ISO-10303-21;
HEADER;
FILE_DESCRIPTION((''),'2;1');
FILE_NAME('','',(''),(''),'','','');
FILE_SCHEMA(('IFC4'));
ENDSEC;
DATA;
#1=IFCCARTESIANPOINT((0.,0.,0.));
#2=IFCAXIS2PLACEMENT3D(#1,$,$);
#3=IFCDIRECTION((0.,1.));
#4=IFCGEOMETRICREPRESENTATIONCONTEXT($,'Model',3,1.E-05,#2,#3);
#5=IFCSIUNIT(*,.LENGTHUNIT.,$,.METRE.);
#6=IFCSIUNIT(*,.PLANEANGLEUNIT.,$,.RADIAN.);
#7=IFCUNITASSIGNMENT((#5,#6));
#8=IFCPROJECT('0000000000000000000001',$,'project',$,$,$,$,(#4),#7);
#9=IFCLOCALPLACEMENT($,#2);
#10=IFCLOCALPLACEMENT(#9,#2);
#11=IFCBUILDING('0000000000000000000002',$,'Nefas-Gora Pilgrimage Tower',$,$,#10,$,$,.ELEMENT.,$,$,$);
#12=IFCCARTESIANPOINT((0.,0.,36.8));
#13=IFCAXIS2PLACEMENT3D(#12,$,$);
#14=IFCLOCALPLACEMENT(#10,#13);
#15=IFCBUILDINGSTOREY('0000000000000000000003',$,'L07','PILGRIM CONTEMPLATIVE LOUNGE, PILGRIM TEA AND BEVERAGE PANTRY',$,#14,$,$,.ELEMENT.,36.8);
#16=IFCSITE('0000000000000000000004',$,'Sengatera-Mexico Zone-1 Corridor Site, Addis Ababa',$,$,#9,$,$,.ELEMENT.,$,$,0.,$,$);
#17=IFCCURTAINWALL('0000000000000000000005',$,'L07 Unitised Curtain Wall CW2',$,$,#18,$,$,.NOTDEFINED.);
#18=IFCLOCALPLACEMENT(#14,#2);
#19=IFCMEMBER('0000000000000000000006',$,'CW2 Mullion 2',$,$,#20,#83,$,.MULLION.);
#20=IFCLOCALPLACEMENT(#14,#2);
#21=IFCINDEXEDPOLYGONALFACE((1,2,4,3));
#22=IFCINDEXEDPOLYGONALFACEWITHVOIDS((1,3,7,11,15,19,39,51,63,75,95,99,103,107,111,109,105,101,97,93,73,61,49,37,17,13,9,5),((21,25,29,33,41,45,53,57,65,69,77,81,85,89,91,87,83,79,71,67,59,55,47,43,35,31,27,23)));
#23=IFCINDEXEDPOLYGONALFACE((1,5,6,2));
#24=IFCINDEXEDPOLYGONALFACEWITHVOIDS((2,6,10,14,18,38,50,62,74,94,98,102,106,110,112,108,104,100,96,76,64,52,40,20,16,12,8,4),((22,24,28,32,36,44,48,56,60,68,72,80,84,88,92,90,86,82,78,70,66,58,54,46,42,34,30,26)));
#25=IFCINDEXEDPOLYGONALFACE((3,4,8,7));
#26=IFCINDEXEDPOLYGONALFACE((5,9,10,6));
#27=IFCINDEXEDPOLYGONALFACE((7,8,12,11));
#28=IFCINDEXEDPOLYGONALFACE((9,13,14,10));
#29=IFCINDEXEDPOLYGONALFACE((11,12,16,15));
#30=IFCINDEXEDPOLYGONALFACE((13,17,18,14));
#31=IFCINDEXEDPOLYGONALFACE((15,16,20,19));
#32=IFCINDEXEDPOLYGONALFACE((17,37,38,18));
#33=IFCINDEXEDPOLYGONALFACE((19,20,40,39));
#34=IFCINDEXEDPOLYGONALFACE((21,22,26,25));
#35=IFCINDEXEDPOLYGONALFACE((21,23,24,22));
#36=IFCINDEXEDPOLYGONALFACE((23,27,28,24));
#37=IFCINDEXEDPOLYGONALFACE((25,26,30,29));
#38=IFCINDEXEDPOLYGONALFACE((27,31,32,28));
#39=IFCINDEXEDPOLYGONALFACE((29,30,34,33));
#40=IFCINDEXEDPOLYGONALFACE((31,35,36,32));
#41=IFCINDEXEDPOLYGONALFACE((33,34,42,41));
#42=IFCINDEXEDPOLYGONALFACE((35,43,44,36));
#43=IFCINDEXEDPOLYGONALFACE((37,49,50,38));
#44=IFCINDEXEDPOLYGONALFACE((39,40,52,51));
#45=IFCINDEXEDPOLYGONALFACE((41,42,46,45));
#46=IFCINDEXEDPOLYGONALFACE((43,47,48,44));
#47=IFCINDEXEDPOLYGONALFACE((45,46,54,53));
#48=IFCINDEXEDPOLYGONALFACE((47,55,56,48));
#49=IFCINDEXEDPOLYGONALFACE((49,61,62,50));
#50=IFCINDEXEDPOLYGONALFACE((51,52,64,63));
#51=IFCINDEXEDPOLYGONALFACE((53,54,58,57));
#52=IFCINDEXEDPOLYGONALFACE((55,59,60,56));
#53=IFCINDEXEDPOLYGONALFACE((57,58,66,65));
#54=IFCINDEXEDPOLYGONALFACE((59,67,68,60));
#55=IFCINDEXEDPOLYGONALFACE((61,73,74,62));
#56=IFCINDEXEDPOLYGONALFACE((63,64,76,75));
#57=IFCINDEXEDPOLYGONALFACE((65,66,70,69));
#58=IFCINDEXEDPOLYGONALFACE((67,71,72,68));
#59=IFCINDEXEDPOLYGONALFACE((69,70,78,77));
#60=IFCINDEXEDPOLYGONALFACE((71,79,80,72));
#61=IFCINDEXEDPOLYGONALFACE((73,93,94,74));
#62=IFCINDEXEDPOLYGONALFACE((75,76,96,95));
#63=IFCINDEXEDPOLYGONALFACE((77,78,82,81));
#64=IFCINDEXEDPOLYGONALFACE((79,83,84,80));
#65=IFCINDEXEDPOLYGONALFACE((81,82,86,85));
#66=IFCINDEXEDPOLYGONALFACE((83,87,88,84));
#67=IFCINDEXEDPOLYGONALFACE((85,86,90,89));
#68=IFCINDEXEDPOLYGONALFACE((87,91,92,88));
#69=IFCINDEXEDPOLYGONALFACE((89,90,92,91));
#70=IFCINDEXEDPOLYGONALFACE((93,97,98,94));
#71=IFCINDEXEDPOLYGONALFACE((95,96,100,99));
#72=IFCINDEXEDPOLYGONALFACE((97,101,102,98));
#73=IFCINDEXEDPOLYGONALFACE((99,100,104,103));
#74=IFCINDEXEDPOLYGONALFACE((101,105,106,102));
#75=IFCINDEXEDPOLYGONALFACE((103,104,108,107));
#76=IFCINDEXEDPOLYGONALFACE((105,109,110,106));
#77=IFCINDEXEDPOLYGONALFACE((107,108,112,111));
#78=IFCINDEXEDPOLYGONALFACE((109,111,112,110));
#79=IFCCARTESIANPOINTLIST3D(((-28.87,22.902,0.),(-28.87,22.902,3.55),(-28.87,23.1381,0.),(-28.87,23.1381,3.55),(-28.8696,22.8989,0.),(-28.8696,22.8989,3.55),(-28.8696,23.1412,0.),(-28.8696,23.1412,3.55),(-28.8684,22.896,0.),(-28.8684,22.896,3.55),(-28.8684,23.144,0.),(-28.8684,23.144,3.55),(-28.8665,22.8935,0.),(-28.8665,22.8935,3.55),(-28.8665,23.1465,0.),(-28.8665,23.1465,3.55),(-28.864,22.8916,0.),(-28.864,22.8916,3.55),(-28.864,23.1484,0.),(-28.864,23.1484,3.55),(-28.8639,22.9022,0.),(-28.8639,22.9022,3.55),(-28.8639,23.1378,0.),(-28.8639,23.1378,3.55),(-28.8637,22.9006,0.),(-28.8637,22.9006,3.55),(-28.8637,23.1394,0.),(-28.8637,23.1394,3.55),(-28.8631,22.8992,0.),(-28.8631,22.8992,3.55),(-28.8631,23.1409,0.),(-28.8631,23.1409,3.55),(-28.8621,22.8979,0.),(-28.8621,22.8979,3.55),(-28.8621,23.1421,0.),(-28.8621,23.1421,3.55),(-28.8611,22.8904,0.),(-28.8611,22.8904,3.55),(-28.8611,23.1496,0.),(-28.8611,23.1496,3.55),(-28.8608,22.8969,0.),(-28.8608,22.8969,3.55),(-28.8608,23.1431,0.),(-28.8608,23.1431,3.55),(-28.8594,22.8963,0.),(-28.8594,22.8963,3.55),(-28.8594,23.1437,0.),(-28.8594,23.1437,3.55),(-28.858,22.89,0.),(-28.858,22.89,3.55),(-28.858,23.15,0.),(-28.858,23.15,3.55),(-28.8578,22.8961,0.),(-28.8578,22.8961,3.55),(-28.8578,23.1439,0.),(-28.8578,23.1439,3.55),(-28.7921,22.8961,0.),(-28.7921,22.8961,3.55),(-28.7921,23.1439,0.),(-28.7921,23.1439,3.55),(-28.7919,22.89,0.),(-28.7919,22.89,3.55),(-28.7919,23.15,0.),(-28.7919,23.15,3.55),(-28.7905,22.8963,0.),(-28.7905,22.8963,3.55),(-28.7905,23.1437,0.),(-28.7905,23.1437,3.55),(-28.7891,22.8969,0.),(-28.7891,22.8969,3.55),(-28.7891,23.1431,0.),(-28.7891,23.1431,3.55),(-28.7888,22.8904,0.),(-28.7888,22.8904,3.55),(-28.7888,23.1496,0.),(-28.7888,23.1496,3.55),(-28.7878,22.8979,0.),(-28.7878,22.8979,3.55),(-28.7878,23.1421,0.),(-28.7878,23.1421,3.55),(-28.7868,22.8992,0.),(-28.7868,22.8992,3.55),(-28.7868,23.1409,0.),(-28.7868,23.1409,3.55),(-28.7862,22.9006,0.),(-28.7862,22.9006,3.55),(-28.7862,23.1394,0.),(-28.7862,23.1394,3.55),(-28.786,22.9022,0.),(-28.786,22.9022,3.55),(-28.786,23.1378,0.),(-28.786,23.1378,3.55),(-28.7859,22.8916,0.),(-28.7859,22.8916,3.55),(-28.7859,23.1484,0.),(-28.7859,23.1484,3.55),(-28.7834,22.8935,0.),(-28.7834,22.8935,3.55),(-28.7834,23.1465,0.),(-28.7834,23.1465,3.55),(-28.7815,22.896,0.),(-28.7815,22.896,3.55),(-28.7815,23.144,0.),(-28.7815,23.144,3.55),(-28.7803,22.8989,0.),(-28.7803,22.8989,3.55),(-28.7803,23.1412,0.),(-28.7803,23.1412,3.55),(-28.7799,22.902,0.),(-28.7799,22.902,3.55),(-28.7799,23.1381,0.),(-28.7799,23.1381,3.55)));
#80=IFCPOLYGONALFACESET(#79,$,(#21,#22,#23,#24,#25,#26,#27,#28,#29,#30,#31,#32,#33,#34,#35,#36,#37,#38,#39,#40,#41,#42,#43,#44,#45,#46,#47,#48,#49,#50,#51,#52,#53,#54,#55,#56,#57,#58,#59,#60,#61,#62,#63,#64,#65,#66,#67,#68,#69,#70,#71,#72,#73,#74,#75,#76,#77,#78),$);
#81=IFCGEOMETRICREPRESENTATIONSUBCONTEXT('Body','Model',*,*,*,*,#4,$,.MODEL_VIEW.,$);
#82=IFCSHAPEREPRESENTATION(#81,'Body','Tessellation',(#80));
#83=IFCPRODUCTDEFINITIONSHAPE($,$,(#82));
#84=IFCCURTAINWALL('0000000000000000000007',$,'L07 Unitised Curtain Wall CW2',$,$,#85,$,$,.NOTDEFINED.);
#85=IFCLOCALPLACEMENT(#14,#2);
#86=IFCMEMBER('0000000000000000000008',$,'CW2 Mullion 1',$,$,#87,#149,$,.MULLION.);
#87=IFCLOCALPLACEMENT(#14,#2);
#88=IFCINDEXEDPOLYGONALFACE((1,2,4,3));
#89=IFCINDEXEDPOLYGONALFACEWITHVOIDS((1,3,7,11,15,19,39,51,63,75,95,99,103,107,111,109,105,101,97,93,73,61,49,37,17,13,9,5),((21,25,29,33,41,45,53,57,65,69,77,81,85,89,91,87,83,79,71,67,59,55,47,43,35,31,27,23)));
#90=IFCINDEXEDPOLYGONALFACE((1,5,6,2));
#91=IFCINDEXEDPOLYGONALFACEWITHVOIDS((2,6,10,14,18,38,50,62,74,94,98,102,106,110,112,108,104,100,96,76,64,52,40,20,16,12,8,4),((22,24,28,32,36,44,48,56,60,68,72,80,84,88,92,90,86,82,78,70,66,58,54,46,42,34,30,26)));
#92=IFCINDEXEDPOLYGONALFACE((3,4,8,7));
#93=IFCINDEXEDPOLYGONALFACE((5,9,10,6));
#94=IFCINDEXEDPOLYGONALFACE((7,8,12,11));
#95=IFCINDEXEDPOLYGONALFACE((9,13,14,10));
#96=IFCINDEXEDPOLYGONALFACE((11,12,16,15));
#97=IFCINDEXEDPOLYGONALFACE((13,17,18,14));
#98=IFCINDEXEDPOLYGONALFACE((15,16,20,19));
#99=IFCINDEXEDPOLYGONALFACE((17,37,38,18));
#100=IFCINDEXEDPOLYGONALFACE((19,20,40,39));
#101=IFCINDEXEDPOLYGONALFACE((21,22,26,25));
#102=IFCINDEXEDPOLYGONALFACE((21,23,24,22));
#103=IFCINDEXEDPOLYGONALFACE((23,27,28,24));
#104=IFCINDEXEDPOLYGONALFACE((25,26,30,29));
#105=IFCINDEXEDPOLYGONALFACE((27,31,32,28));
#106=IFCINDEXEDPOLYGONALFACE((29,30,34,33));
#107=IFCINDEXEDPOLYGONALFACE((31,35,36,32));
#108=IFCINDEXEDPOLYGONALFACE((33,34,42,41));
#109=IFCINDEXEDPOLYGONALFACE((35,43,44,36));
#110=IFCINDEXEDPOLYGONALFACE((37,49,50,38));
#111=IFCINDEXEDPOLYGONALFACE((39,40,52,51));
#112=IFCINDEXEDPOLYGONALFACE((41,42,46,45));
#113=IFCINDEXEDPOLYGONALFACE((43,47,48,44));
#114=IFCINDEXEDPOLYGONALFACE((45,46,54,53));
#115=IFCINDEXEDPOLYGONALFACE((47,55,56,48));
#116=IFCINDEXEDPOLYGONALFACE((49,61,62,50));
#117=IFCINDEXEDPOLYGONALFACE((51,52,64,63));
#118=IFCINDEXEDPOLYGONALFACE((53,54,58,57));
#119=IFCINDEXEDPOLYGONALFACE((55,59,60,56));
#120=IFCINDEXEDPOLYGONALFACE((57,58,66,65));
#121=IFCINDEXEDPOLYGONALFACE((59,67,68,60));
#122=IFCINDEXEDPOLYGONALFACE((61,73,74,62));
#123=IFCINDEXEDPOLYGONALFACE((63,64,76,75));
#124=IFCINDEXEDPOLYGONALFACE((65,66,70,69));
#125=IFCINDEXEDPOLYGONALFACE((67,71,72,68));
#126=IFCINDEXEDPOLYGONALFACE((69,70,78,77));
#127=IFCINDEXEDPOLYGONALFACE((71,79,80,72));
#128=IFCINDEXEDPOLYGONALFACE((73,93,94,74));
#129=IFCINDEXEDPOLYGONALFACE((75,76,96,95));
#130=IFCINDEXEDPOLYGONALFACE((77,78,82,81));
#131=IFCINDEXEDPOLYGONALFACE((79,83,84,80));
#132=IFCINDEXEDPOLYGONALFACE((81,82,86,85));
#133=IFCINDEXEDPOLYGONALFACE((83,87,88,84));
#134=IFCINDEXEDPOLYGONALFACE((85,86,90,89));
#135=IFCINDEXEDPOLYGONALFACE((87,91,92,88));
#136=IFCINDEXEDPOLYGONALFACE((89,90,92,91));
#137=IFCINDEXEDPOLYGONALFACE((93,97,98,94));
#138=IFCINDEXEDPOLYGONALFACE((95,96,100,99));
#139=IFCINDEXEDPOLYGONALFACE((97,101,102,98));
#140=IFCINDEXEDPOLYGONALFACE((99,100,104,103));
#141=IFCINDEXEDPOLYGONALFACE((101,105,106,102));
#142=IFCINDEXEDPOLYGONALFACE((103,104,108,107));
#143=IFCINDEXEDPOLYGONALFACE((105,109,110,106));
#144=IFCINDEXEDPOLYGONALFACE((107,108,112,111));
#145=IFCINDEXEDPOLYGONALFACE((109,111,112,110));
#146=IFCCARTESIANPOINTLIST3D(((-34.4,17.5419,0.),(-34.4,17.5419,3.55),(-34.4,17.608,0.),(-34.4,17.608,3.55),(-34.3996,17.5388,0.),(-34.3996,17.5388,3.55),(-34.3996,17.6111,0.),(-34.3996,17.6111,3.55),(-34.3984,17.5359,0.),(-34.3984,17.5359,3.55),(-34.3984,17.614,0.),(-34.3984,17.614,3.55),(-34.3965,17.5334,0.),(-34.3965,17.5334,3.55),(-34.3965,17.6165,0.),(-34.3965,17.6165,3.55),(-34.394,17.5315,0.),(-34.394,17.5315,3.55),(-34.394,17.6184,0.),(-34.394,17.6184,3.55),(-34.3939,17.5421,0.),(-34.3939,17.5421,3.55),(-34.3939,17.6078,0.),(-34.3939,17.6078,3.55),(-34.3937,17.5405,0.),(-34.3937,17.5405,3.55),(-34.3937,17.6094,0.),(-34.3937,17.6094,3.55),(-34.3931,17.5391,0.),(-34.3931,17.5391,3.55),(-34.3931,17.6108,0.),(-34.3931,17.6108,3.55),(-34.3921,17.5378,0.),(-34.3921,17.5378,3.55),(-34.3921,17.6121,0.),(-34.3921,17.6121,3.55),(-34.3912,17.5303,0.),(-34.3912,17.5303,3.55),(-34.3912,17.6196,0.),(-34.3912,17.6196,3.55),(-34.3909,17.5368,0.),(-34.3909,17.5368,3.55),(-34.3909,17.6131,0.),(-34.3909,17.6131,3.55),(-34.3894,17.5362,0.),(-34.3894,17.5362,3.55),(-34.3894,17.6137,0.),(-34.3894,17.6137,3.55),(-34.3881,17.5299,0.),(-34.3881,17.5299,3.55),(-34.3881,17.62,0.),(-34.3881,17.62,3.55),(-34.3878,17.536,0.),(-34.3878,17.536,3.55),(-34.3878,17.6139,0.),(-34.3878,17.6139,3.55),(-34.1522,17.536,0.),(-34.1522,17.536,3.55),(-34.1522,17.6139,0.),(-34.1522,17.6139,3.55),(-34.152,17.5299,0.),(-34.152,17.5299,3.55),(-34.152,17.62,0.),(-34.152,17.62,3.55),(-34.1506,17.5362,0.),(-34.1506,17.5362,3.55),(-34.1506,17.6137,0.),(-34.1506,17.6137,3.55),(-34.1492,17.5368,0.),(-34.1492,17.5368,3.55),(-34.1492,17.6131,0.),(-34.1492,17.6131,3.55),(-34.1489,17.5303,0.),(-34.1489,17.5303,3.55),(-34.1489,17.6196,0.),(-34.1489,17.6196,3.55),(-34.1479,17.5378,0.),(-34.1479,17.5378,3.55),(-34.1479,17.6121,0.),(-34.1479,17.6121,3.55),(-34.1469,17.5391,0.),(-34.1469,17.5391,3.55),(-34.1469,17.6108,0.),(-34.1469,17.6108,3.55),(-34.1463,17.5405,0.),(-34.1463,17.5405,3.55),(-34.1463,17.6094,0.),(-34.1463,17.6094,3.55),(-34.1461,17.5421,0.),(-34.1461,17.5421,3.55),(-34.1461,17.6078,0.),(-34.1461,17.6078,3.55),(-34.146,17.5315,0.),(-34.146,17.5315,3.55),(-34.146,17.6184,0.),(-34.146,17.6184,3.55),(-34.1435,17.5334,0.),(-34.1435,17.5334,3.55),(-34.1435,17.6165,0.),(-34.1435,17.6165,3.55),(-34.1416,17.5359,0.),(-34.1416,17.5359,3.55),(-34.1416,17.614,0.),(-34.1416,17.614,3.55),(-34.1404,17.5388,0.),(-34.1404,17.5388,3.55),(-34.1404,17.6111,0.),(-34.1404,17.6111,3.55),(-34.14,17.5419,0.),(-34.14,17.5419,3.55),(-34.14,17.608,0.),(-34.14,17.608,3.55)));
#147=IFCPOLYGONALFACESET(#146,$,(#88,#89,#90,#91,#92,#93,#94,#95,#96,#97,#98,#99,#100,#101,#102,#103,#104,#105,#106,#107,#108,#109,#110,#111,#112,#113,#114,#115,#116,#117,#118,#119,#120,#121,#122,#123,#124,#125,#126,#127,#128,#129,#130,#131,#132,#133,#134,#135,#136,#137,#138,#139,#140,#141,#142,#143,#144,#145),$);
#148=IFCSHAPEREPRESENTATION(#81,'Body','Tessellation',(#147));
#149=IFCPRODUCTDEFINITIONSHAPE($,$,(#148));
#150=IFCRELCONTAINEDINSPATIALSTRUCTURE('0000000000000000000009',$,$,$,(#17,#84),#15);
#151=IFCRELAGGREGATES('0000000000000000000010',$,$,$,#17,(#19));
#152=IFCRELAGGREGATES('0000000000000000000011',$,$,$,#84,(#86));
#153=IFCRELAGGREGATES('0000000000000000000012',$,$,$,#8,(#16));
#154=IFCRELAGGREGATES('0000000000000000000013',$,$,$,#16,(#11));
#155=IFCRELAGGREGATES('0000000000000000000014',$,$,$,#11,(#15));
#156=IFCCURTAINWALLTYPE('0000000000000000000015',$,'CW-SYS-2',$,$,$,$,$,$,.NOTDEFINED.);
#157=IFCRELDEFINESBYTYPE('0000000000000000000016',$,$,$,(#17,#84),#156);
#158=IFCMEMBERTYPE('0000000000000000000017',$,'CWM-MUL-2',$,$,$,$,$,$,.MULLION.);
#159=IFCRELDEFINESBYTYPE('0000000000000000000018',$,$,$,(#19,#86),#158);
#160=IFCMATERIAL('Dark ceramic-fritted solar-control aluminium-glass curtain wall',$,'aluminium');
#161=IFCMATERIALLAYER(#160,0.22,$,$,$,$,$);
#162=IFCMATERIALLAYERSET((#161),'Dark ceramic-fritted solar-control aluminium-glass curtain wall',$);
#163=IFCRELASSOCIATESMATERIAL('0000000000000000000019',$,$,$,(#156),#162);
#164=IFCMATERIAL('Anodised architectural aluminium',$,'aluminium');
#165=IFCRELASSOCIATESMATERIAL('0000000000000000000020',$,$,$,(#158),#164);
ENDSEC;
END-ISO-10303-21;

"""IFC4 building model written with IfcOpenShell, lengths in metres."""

from ifc_helpers import new_model, si_unit, direction, frame, origin, origin_2d, place, context, subcontext, project, spatial, hollow_rectangle, extrude, source, transform, mapped, material, layer, layer_set, material_profile, profile_set, type_object, element, aggregate, save


model = new_model("IFC4")

# Units and contexts
model_context = context("Model", 3, precision=1e-05, world=origin(), true_north=direction((0.0, 1.0)))
body_context = subcontext(model_context, "Body", "Model", "MODEL_VIEW")
ifc_project = project(units=[si_unit("LENGTHUNIT", "METRE"), si_unit("PLANEANGLEUNIT", "RADIAN")], contexts=[model_context])

# Site, building, storey
site_placement = place(None, origin())
site = spatial("IfcSite", under=ifc_project, at=site_placement, Name="Sengatera-Mexico Zone-1 Corridor Site, Addis Ababa", CompositionType="ELEMENT", RefElevation=0.0)
building_placement = place(site_placement, origin())
building = spatial("IfcBuilding", under=site, at=building_placement, Name="Nefas-Gora Pilgrimage Tower", CompositionType="ELEMENT")
storey_placement = place(building_placement, frame((0.0, 0.0, 36.8)))
storey = spatial("IfcBuildingStorey", under=building, at=storey_placement, Name="L07", Description="PILGRIM CONTEMPLATIVE LOUNGE, PILGRIM TEA AND BEVERAGE PANTRY", CompositionType="ELEMENT", Elevation=36.8)

# Curtain wall, member
ifc_material_1 = material(Name="Dark ceramic-fritted solar-control aluminium-glass curtain wall", Category="aluminium")
ifc_layer_1 = layer(ifc_material_1, 0.22)
ifc_layer_set_1 = layer_set([ifc_layer_1], Name="Dark ceramic-fritted solar-control aluminium-glass curtain wall")
curtain_wall_type = type_object("IfcCurtainWallType", Name="CW-SYS-2", PredefinedType="NOTDEFINED", material=ifc_layer_set_1)
curtain_wall_1_placement = place(storey_placement, origin())
curtain_wall_1 = element("IfcCurtainWall", 1, at=curtain_wall_1_placement, inside=storey, type_object=curtain_wall_type, Name="L07 Unitised Curtain Wall CW2", PredefinedType="NOTDEFINED")
ifc_material_2 = material(Name="Anodised architectural aluminium", Category="aluminium")
ifc_material_profile_1 = material_profile(ifc_material_2, hollow_rectangle(XDim=0.0901, YDim=0.26, WallThickness=0.0061, InnerFilletRadius=0.0061, OuterFilletRadius=0.012, at=origin_2d()), Name="ALU MULLION 90x260")
ifc_profile_set_1 = profile_set([ifc_material_profile_1], Name="Anodised architectural aluminium")
member_type_1 = type_object("IfcMemberType", Name="CWM-MUL-2", PredefinedType="MULLION", material=ifc_profile_set_1)
shared_shape_1 = source(origin(), body_context, "Body", "SweptSolid", [
    extrude(hollow_rectangle(XDim=0.0901, YDim=0.26, WallThickness=0.0061, InnerFilletRadius=0.0061, OuterFilletRadius=0.012, at=origin_2d()), origin(), (0.0, 0.0, 1.0), 3.55),
])
member_1_placement = place(storey_placement, frame((-28.825, 23.02, 0.0), z_axis=(0.0, 0.0, 1.0), x_axis=(-1.0, 0.0, 0.0)))
member_1 = element("IfcMember", 2, at=member_1_placement, type_object=member_type_1, Name="CW2 Mullion 2", PredefinedType="MULLION", context=body_context, shape_type="MappedRepresentation", body=[
    mapped(shared_shape_1, transform((0.0, 0.0, 0.0), x_axis=(1.0, 0.0, 0.0), y_axis=(0.0, 1.0, 0.0), z_axis=(0.0, 0.0, 1.0), scale=1.0)),
])
aggregate(curtain_wall_1, [member_1])

# Curtain wall, member
curtain_wall_2_placement = place(storey_placement, origin())
curtain_wall_2 = element("IfcCurtainWall", 3, at=curtain_wall_2_placement, inside=storey, type_object=curtain_wall_type, Name="L07 Unitised Curtain Wall CW2", PredefinedType="NOTDEFINED")
member_2_placement = place(storey_placement, frame((-34.27, 17.575, 0.0), z_axis=(0.0, 0.0, 1.0), x_axis=(0.0, -1.0, 0.0)))
member_2 = element("IfcMember", 4, at=member_2_placement, type_object=member_type_1, Name="CW2 Mullion 1", PredefinedType="MULLION", context=body_context, shape_type="MappedRepresentation", body=[
    mapped(shared_shape_1, transform((0.0, 0.0, 0.0), x_axis=(1.0, 0.0, 0.0), y_axis=(0.0, 1.0, 0.0), z_axis=(0.0, 0.0, 1.0), scale=1.0)),
])
aggregate(curtain_wall_2, [member_2])

save(model, "model.ifc")
